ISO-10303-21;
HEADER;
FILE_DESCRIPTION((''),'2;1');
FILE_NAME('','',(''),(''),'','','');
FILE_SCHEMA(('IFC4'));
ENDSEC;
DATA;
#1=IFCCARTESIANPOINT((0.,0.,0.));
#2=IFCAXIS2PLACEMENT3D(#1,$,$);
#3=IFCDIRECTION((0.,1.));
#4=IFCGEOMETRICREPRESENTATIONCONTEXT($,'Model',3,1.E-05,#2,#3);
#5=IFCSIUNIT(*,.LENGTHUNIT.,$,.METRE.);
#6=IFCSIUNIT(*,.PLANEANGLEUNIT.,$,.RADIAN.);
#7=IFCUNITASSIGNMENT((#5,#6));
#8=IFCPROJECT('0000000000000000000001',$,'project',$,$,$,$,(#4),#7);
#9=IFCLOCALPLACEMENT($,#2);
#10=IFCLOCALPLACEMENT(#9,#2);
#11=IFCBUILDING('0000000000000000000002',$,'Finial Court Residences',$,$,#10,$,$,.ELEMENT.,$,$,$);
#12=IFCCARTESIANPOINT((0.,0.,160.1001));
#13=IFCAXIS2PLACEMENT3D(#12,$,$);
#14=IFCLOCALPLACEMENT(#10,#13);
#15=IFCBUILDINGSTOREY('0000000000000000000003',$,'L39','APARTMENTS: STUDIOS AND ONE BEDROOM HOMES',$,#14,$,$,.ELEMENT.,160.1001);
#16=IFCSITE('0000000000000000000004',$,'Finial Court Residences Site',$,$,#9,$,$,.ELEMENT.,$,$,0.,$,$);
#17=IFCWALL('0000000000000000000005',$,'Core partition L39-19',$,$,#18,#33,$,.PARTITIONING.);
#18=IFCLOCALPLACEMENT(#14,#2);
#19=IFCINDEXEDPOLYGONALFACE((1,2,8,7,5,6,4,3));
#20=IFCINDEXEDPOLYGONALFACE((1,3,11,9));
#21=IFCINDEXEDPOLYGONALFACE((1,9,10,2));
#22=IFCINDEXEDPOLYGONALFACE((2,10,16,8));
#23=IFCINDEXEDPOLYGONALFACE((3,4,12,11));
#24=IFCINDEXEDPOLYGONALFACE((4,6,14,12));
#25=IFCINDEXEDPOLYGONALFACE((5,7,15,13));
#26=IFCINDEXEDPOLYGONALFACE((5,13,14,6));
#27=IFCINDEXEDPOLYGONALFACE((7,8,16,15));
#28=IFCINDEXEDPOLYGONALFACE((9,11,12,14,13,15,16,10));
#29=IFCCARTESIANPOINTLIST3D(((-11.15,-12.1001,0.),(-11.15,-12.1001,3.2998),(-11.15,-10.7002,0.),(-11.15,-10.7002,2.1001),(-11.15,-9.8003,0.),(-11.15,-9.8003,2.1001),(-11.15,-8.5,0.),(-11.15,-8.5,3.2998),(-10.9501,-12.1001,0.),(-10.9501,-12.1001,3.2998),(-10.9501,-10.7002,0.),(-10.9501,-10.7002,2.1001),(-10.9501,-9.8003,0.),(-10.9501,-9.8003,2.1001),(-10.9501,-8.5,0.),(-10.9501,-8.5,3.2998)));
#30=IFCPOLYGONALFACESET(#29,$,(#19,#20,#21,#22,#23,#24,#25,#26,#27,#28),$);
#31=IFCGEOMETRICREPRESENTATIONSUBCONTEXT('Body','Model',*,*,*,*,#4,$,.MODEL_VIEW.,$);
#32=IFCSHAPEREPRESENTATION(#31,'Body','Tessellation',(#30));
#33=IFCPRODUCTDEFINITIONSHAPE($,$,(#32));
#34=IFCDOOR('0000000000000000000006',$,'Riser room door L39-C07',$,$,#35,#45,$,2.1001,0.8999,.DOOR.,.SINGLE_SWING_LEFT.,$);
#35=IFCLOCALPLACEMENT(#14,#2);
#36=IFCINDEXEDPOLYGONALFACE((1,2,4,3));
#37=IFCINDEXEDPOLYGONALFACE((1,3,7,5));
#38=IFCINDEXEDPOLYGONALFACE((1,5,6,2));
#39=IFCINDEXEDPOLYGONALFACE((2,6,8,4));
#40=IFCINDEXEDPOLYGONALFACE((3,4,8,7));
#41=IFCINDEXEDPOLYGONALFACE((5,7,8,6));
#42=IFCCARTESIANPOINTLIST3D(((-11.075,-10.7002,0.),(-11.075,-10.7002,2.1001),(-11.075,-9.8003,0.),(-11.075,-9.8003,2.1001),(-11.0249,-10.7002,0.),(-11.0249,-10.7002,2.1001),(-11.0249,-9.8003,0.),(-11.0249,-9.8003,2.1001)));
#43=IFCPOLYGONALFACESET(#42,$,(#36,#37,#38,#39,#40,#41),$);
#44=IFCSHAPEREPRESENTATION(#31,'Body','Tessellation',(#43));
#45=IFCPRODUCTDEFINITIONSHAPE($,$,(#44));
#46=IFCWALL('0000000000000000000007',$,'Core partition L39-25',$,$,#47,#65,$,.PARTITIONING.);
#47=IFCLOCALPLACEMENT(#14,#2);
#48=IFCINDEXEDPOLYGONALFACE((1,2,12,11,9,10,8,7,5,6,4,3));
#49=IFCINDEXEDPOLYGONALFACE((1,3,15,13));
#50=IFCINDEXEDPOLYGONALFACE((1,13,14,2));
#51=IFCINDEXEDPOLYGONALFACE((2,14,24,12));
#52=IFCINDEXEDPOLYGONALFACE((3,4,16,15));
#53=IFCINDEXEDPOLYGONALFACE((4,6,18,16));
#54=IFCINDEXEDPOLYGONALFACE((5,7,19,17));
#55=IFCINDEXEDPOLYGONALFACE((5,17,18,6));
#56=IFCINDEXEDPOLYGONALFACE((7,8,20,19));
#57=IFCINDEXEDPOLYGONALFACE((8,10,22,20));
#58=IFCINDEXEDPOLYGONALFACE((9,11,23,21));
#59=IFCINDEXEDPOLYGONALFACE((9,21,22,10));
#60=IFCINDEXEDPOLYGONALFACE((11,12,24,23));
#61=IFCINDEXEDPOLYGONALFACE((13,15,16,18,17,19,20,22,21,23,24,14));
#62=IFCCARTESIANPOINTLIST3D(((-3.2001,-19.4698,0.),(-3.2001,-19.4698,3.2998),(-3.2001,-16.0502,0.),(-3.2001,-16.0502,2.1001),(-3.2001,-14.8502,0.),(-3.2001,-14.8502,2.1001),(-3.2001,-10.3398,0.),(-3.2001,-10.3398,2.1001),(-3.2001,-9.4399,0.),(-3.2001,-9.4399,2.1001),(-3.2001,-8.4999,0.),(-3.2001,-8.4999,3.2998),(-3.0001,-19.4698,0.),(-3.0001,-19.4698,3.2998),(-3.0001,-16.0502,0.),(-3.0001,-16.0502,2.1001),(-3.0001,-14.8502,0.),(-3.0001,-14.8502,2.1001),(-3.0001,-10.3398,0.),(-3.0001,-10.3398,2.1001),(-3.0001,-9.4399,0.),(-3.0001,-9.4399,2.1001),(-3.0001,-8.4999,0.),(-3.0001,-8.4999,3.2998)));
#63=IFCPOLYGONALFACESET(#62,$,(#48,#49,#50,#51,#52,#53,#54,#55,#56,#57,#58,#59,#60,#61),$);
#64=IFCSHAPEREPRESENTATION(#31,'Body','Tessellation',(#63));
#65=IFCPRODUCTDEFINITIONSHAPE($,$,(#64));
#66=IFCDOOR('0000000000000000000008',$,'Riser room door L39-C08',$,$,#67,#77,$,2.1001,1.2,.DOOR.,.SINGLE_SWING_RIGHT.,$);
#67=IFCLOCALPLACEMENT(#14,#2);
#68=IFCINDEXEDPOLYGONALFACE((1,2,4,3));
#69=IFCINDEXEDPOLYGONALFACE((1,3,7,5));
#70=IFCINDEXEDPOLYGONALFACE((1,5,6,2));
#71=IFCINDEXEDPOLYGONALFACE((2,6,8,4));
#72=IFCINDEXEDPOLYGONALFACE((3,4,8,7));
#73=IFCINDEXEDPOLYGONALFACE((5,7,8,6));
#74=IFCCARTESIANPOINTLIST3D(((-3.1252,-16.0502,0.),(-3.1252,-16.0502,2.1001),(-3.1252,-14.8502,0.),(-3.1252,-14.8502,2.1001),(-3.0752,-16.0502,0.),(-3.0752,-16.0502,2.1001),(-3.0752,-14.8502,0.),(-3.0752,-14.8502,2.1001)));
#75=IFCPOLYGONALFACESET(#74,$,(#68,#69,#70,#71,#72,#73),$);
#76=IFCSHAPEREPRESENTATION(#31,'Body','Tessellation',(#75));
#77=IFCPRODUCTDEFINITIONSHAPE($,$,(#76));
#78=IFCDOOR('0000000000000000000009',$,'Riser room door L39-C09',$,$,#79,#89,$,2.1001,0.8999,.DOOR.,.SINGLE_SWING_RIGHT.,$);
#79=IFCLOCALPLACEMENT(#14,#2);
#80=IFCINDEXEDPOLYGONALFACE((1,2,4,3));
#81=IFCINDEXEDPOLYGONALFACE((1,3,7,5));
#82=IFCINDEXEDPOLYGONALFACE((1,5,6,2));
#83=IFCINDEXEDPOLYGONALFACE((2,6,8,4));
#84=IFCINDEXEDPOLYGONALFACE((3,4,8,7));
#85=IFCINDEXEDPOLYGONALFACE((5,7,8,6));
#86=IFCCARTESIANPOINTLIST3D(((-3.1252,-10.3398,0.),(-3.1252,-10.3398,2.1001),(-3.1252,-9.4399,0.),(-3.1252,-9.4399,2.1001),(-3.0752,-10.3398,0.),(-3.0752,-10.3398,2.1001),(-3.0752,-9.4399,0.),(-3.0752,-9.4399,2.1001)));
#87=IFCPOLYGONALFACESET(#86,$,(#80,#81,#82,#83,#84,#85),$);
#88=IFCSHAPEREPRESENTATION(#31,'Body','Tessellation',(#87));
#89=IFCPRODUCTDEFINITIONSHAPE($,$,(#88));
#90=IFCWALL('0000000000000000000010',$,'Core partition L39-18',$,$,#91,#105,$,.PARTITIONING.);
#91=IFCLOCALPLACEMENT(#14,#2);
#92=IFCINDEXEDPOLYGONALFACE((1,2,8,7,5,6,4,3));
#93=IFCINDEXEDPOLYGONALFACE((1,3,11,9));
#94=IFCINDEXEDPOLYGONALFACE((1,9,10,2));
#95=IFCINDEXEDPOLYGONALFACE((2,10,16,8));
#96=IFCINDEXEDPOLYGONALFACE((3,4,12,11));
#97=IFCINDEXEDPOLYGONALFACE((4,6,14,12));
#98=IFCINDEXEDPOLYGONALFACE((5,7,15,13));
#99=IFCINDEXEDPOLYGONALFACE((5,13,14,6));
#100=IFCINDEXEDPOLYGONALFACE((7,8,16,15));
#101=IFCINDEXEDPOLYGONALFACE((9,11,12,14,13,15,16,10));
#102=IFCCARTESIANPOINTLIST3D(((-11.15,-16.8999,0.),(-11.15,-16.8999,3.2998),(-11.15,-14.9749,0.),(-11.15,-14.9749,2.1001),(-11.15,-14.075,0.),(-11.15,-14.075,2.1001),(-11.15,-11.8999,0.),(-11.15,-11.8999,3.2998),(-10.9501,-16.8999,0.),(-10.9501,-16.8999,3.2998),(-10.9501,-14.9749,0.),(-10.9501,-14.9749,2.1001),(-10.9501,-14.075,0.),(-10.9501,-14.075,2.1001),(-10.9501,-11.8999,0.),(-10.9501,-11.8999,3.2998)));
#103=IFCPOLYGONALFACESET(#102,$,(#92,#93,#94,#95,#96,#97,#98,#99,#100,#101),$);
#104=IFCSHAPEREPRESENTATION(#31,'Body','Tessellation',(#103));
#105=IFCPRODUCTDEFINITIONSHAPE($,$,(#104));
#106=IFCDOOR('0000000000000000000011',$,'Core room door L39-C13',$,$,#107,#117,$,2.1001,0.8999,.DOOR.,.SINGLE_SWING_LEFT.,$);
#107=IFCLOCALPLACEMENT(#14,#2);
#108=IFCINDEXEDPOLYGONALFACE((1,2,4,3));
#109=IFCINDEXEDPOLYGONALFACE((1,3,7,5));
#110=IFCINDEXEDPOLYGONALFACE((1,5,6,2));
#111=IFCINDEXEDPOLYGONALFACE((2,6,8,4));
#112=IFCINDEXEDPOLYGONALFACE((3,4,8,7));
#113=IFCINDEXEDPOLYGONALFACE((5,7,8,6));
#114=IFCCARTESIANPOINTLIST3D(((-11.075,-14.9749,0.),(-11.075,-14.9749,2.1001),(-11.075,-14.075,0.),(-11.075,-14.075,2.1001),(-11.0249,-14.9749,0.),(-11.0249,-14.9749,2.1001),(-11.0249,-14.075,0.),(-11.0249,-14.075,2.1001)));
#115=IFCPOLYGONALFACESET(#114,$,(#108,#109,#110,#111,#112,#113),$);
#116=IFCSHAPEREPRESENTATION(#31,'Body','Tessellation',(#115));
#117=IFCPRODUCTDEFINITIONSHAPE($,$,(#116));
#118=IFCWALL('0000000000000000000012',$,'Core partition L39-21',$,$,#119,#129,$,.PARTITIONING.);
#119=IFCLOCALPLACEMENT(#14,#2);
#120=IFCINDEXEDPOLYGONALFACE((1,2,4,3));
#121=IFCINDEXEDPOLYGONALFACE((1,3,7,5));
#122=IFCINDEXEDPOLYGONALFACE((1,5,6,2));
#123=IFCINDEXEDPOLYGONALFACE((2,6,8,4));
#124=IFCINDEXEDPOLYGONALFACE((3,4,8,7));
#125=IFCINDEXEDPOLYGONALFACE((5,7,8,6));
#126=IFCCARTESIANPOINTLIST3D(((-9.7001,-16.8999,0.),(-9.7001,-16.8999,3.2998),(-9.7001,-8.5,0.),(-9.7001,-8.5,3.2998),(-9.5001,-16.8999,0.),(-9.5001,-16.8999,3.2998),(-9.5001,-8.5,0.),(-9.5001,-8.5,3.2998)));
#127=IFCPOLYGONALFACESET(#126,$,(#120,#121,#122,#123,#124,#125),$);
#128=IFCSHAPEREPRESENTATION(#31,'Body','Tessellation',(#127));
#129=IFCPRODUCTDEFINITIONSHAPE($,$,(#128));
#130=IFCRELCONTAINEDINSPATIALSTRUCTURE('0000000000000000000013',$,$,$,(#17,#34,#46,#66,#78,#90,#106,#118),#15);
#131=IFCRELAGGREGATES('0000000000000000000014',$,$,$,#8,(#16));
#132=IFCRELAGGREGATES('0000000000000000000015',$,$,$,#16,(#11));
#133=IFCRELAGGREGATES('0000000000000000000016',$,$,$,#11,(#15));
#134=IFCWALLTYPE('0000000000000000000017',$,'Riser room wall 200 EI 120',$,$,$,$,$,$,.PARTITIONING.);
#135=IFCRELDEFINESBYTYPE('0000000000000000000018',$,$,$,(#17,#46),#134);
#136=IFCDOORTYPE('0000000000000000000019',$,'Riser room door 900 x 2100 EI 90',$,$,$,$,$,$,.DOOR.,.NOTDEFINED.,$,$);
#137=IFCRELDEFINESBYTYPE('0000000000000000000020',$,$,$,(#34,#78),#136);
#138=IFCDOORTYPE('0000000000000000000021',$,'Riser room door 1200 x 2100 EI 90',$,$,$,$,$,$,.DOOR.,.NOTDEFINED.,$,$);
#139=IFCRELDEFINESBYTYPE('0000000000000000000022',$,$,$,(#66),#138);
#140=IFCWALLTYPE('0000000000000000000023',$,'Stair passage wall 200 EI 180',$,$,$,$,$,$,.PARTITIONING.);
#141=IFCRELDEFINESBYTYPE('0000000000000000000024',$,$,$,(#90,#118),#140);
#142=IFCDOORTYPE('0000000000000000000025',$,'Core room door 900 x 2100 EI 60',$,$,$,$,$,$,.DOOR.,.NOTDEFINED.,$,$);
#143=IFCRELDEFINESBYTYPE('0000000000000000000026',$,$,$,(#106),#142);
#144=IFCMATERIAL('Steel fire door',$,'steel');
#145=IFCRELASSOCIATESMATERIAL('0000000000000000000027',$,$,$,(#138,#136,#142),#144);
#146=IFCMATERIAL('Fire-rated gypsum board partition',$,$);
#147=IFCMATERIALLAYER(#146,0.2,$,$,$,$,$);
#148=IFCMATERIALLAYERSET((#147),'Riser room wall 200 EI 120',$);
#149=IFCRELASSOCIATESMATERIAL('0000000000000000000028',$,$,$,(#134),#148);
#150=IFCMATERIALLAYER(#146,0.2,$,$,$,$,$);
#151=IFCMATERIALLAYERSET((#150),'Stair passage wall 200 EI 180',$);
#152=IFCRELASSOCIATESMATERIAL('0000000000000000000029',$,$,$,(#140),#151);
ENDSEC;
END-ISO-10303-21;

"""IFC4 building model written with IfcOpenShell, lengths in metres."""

from ifc_helpers import new_model, si_unit, direction, frame, frame_2d, origin, place, context, subcontext, project, spatial, rectangle, extrude, material, layer, layer_set, type_object, element, fill, save


model = new_model("IFC4")

# Units and contexts
model_context = context("Model", 3, precision=1e-05, world=origin(), true_north=direction((0.0, 1.0)))
body_context = subcontext(model_context, "Body", "Model", "MODEL_VIEW")
ifc_project = project(units=[si_unit("LENGTHUNIT", "METRE"), si_unit("PLANEANGLEUNIT", "RADIAN")], contexts=[model_context])

# Site, building, storey
site_placement = place(None, origin())
site = spatial("IfcSite", under=ifc_project, at=site_placement, Name="Finial Court Residences Site", CompositionType="ELEMENT", RefElevation=0.0)
building_placement = place(site_placement, origin())
building = spatial("IfcBuilding", under=site, at=building_placement, Name="Finial Court Residences", CompositionType="ELEMENT")
storey_placement = place(building_placement, frame((0.0, 0.0, 160.1001)))
storey = spatial("IfcBuildingStorey", under=building, at=storey_placement, Name="L39", Description="APARTMENTS: STUDIOS AND ONE BEDROOM HOMES", CompositionType="ELEMENT", Elevation=160.1001)

# Shared definitions
ifc_material_1 = material(Name="Steel fire door", Category="steel")
door_type_1 = type_object("IfcDoorType", Name="Riser room door 1200 x 2100 EI 90", OperationType="NOTDEFINED", PredefinedType="DOOR", material=ifc_material_1)
door_type_2 = type_object("IfcDoorType", Name="Riser room door 900 x 2100 EI 90", OperationType="NOTDEFINED", PredefinedType="DOOR", material=ifc_material_1)

# Shared definitions
ifc_material_2 = material(Name="Fire-rated gypsum board partition")
ifc_layer_1 = layer(ifc_material_2, 0.2)
ifc_layer_set_1 = layer_set([ifc_layer_1], Name="Riser room wall 200 EI 120")
wall_type_1 = type_object("IfcWallType", Name="Riser room wall 200 EI 120", PredefinedType="PARTITIONING", material=ifc_layer_set_1)

# Wall, opening, door
wall_1_placement = place(storey_placement, frame((-11.05, -12.1001, 0.0), z_axis=(0.0, 0.0, 1.0), x_axis=(0.0, 1.0, 0.0)))
wall_1 = element("IfcWall", 1, at=wall_1_placement, inside=storey, type_object=wall_type_1, Name="Core partition L39-19", PredefinedType="PARTITIONING", context=body_context, shape_type="SweptSolid", body=[
    extrude(rectangle(XDim=3.6001, YDim=0.2, at=frame_2d((1.8, 0.0))), origin(), (0.0, 0.0, 1.0), 3.2998),
])
opening_1_placement = place(wall_1_placement, frame((1.3999, 0.0, 0.0)))
opening_1 = element("IfcOpeningElement", 2, at=opening_1_placement, cuts=wall_1, PredefinedType="OPENING", context=body_context, shape_type="SweptSolid", body=[
    extrude(rectangle(XDim=0.8999, YDim=2.1001, at=frame_2d((0.45, 1.05))), frame((0.0, 0.1099, 0.0), z_axis=(0.0, -1.0, 0.0), x_axis=(1.0, 0.0, 0.0)), (0.0, 0.0, 1.0), 0.22),
])
door_1_placement = place(opening_1_placement, origin())
door_1 = element("IfcDoor", 3, at=door_1_placement, inside=storey, type_object=door_type_2, Name="Riser room door L39-C07", OperationType="SINGLE_SWING_LEFT", OverallHeight=2.1001, OverallWidth=0.8999, PredefinedType="DOOR", context=body_context, shape_type="SweptSolid", body=[
    extrude(rectangle(XDim=0.8999, YDim=2.1001, at=frame_2d((0.45, 1.05))), frame((0.0, 0.0249, 0.0), z_axis=(0.0, -1.0, 0.0), x_axis=(1.0, 0.0, 0.0)), (0.0, 0.0, 1.0), 0.05),
])
fill(opening_1, door_1)

# Wall, openings, doors
wall_2_placement = place(storey_placement, frame((-3.1001, -8.5, 0.0), z_axis=(0.0, 0.0, 1.0), x_axis=(0.0, -1.0, 0.0)))
wall_2 = element("IfcWall", 4, at=wall_2_placement, inside=storey, type_object=wall_type_1, Name="Core partition L39-25", PredefinedType="PARTITIONING", context=body_context, shape_type="SweptSolid", body=[
    extrude(rectangle(XDim=10.97, YDim=0.2, at=frame_2d((5.4849, 0.0))), origin(), (0.0, 0.0, 1.0), 3.2998),
])
opening_2_placement = place(wall_2_placement, frame((6.3501, 0.0, 0.0)))
opening_2 = element("IfcOpeningElement", 5, at=opening_2_placement, cuts=wall_2, PredefinedType="OPENING", context=body_context, shape_type="SweptSolid", body=[
    extrude(rectangle(XDim=1.2, YDim=2.1001, at=frame_2d((0.6001, 1.05))), frame((0.0, 0.1099, 0.0), z_axis=(0.0, -1.0, 0.0), x_axis=(1.0, 0.0, 0.0)), (0.0, 0.0, 1.0), 0.22),
])
opening_3_placement = place(wall_2_placement, frame((0.9399, 0.0, 0.0)))
opening_3 = element("IfcOpeningElement", 6, at=opening_3_placement, cuts=wall_2, PredefinedType="OPENING", context=body_context, shape_type="SweptSolid", body=[
    extrude(rectangle(XDim=0.8999, YDim=2.1001, at=frame_2d((0.45, 1.05))), frame((0.0, 0.1099, 0.0), z_axis=(0.0, -1.0, 0.0), x_axis=(1.0, 0.0, 0.0)), (0.0, 0.0, 1.0), 0.22),
])
door_2_placement = place(opening_2_placement, origin())
door_2 = element("IfcDoor", 7, at=door_2_placement, inside=storey, type_object=door_type_1, Name="Riser room door L39-C08", OperationType="SINGLE_SWING_RIGHT", OverallHeight=2.1001, OverallWidth=1.2, PredefinedType="DOOR", context=body_context, shape_type="SweptSolid", body=[
    extrude(rectangle(XDim=1.2, YDim=2.1001, at=frame_2d((0.6001, 1.05))), frame((0.0, 0.0249, 0.0), z_axis=(0.0, -1.0, 0.0), x_axis=(1.0, 0.0, 0.0)), (0.0, 0.0, 1.0), 0.05),
])
fill(opening_2, door_2)
door_3_placement = place(opening_3_placement, origin())
door_3 = element("IfcDoor", 8, at=door_3_placement, inside=storey, type_object=door_type_2, Name="Riser room door L39-C09", OperationType="SINGLE_SWING_RIGHT", OverallHeight=2.1001, OverallWidth=0.8999, PredefinedType="DOOR", context=body_context, shape_type="SweptSolid", body=[
    extrude(rectangle(XDim=0.8999, YDim=2.1001, at=frame_2d((0.45, 1.05))), frame((0.0, 0.0249, 0.0), z_axis=(0.0, -1.0, 0.0), x_axis=(1.0, 0.0, 0.0)), (0.0, 0.0, 1.0), 0.05),
])
fill(opening_3, door_3)

# Wall, opening, door
ifc_layer_2 = layer(ifc_material_2, 0.2)
ifc_layer_set_2 = layer_set([ifc_layer_2], Name="Stair passage wall 200 EI 180")
wall_type_2 = type_object("IfcWallType", Name="Stair passage wall 200 EI 180", PredefinedType="PARTITIONING", material=ifc_layer_set_2)
wall_3_placement = place(storey_placement, frame((-11.05, -16.8999, 0.0), z_axis=(0.0, 0.0, 1.0), x_axis=(0.0, 1.0, 0.0)))
wall_3 = element("IfcWall", 9, at=wall_3_placement, inside=storey, type_object=wall_type_2, Name="Core partition L39-18", PredefinedType="PARTITIONING", context=body_context, shape_type="SweptSolid", body=[
    extrude(rectangle(XDim=5.0, YDim=0.2, at=frame_2d((2.5, 0.0))), origin(), (0.0, 0.0, 1.0), 3.2998),
])
opening_4_placement = place(wall_3_placement, frame((1.925, 0.0, 0.0)))
opening_4 = element("IfcOpeningElement", 10, at=opening_4_placement, cuts=wall_3, PredefinedType="OPENING", context=body_context, shape_type="SweptSolid", body=[
    extrude(rectangle(XDim=0.8999, YDim=2.1001, at=frame_2d((0.45, 1.05))), frame((0.0, 0.1099, 0.0), z_axis=(0.0, -1.0, 0.0), x_axis=(1.0, 0.0, 0.0)), (0.0, 0.0, 1.0), 0.22),
])
door_type_3 = type_object("IfcDoorType", Name="Core room door 900 x 2100 EI 60", OperationType="NOTDEFINED", PredefinedType="DOOR", material=ifc_material_1)
door_4_placement = place(opening_4_placement, origin())
door_4 = element("IfcDoor", 11, at=door_4_placement, inside=storey, type_object=door_type_3, Name="Core room door L39-C13", OperationType="SINGLE_SWING_LEFT", OverallHeight=2.1001, OverallWidth=0.8999, PredefinedType="DOOR", context=body_context, shape_type="SweptSolid", body=[
    extrude(rectangle(XDim=0.8999, YDim=2.1001, at=frame_2d((0.45, 1.05))), frame((0.0, 0.0249, 0.0), z_axis=(0.0, -1.0, 0.0), x_axis=(1.0, 0.0, 0.0)), (0.0, 0.0, 1.0), 0.05),
])
fill(opening_4, door_4)

# Wall
wall_4_placement = place(storey_placement, frame((-9.6001, -16.8999, 0.0), z_axis=(0.0, 0.0, 1.0), x_axis=(0.0, 1.0, 0.0)))
element("IfcWall", 12, at=wall_4_placement, inside=storey, type_object=wall_type_2, Name="Core partition L39-21", PredefinedType="PARTITIONING", context=body_context, shape_type="SweptSolid", body=[
    extrude(rectangle(XDim=8.3999, YDim=0.2, at=frame_2d((4.2, 0.0))), origin(), (0.0, 0.0, 1.0), 3.2998),
])

save(model, "model.ifc")
